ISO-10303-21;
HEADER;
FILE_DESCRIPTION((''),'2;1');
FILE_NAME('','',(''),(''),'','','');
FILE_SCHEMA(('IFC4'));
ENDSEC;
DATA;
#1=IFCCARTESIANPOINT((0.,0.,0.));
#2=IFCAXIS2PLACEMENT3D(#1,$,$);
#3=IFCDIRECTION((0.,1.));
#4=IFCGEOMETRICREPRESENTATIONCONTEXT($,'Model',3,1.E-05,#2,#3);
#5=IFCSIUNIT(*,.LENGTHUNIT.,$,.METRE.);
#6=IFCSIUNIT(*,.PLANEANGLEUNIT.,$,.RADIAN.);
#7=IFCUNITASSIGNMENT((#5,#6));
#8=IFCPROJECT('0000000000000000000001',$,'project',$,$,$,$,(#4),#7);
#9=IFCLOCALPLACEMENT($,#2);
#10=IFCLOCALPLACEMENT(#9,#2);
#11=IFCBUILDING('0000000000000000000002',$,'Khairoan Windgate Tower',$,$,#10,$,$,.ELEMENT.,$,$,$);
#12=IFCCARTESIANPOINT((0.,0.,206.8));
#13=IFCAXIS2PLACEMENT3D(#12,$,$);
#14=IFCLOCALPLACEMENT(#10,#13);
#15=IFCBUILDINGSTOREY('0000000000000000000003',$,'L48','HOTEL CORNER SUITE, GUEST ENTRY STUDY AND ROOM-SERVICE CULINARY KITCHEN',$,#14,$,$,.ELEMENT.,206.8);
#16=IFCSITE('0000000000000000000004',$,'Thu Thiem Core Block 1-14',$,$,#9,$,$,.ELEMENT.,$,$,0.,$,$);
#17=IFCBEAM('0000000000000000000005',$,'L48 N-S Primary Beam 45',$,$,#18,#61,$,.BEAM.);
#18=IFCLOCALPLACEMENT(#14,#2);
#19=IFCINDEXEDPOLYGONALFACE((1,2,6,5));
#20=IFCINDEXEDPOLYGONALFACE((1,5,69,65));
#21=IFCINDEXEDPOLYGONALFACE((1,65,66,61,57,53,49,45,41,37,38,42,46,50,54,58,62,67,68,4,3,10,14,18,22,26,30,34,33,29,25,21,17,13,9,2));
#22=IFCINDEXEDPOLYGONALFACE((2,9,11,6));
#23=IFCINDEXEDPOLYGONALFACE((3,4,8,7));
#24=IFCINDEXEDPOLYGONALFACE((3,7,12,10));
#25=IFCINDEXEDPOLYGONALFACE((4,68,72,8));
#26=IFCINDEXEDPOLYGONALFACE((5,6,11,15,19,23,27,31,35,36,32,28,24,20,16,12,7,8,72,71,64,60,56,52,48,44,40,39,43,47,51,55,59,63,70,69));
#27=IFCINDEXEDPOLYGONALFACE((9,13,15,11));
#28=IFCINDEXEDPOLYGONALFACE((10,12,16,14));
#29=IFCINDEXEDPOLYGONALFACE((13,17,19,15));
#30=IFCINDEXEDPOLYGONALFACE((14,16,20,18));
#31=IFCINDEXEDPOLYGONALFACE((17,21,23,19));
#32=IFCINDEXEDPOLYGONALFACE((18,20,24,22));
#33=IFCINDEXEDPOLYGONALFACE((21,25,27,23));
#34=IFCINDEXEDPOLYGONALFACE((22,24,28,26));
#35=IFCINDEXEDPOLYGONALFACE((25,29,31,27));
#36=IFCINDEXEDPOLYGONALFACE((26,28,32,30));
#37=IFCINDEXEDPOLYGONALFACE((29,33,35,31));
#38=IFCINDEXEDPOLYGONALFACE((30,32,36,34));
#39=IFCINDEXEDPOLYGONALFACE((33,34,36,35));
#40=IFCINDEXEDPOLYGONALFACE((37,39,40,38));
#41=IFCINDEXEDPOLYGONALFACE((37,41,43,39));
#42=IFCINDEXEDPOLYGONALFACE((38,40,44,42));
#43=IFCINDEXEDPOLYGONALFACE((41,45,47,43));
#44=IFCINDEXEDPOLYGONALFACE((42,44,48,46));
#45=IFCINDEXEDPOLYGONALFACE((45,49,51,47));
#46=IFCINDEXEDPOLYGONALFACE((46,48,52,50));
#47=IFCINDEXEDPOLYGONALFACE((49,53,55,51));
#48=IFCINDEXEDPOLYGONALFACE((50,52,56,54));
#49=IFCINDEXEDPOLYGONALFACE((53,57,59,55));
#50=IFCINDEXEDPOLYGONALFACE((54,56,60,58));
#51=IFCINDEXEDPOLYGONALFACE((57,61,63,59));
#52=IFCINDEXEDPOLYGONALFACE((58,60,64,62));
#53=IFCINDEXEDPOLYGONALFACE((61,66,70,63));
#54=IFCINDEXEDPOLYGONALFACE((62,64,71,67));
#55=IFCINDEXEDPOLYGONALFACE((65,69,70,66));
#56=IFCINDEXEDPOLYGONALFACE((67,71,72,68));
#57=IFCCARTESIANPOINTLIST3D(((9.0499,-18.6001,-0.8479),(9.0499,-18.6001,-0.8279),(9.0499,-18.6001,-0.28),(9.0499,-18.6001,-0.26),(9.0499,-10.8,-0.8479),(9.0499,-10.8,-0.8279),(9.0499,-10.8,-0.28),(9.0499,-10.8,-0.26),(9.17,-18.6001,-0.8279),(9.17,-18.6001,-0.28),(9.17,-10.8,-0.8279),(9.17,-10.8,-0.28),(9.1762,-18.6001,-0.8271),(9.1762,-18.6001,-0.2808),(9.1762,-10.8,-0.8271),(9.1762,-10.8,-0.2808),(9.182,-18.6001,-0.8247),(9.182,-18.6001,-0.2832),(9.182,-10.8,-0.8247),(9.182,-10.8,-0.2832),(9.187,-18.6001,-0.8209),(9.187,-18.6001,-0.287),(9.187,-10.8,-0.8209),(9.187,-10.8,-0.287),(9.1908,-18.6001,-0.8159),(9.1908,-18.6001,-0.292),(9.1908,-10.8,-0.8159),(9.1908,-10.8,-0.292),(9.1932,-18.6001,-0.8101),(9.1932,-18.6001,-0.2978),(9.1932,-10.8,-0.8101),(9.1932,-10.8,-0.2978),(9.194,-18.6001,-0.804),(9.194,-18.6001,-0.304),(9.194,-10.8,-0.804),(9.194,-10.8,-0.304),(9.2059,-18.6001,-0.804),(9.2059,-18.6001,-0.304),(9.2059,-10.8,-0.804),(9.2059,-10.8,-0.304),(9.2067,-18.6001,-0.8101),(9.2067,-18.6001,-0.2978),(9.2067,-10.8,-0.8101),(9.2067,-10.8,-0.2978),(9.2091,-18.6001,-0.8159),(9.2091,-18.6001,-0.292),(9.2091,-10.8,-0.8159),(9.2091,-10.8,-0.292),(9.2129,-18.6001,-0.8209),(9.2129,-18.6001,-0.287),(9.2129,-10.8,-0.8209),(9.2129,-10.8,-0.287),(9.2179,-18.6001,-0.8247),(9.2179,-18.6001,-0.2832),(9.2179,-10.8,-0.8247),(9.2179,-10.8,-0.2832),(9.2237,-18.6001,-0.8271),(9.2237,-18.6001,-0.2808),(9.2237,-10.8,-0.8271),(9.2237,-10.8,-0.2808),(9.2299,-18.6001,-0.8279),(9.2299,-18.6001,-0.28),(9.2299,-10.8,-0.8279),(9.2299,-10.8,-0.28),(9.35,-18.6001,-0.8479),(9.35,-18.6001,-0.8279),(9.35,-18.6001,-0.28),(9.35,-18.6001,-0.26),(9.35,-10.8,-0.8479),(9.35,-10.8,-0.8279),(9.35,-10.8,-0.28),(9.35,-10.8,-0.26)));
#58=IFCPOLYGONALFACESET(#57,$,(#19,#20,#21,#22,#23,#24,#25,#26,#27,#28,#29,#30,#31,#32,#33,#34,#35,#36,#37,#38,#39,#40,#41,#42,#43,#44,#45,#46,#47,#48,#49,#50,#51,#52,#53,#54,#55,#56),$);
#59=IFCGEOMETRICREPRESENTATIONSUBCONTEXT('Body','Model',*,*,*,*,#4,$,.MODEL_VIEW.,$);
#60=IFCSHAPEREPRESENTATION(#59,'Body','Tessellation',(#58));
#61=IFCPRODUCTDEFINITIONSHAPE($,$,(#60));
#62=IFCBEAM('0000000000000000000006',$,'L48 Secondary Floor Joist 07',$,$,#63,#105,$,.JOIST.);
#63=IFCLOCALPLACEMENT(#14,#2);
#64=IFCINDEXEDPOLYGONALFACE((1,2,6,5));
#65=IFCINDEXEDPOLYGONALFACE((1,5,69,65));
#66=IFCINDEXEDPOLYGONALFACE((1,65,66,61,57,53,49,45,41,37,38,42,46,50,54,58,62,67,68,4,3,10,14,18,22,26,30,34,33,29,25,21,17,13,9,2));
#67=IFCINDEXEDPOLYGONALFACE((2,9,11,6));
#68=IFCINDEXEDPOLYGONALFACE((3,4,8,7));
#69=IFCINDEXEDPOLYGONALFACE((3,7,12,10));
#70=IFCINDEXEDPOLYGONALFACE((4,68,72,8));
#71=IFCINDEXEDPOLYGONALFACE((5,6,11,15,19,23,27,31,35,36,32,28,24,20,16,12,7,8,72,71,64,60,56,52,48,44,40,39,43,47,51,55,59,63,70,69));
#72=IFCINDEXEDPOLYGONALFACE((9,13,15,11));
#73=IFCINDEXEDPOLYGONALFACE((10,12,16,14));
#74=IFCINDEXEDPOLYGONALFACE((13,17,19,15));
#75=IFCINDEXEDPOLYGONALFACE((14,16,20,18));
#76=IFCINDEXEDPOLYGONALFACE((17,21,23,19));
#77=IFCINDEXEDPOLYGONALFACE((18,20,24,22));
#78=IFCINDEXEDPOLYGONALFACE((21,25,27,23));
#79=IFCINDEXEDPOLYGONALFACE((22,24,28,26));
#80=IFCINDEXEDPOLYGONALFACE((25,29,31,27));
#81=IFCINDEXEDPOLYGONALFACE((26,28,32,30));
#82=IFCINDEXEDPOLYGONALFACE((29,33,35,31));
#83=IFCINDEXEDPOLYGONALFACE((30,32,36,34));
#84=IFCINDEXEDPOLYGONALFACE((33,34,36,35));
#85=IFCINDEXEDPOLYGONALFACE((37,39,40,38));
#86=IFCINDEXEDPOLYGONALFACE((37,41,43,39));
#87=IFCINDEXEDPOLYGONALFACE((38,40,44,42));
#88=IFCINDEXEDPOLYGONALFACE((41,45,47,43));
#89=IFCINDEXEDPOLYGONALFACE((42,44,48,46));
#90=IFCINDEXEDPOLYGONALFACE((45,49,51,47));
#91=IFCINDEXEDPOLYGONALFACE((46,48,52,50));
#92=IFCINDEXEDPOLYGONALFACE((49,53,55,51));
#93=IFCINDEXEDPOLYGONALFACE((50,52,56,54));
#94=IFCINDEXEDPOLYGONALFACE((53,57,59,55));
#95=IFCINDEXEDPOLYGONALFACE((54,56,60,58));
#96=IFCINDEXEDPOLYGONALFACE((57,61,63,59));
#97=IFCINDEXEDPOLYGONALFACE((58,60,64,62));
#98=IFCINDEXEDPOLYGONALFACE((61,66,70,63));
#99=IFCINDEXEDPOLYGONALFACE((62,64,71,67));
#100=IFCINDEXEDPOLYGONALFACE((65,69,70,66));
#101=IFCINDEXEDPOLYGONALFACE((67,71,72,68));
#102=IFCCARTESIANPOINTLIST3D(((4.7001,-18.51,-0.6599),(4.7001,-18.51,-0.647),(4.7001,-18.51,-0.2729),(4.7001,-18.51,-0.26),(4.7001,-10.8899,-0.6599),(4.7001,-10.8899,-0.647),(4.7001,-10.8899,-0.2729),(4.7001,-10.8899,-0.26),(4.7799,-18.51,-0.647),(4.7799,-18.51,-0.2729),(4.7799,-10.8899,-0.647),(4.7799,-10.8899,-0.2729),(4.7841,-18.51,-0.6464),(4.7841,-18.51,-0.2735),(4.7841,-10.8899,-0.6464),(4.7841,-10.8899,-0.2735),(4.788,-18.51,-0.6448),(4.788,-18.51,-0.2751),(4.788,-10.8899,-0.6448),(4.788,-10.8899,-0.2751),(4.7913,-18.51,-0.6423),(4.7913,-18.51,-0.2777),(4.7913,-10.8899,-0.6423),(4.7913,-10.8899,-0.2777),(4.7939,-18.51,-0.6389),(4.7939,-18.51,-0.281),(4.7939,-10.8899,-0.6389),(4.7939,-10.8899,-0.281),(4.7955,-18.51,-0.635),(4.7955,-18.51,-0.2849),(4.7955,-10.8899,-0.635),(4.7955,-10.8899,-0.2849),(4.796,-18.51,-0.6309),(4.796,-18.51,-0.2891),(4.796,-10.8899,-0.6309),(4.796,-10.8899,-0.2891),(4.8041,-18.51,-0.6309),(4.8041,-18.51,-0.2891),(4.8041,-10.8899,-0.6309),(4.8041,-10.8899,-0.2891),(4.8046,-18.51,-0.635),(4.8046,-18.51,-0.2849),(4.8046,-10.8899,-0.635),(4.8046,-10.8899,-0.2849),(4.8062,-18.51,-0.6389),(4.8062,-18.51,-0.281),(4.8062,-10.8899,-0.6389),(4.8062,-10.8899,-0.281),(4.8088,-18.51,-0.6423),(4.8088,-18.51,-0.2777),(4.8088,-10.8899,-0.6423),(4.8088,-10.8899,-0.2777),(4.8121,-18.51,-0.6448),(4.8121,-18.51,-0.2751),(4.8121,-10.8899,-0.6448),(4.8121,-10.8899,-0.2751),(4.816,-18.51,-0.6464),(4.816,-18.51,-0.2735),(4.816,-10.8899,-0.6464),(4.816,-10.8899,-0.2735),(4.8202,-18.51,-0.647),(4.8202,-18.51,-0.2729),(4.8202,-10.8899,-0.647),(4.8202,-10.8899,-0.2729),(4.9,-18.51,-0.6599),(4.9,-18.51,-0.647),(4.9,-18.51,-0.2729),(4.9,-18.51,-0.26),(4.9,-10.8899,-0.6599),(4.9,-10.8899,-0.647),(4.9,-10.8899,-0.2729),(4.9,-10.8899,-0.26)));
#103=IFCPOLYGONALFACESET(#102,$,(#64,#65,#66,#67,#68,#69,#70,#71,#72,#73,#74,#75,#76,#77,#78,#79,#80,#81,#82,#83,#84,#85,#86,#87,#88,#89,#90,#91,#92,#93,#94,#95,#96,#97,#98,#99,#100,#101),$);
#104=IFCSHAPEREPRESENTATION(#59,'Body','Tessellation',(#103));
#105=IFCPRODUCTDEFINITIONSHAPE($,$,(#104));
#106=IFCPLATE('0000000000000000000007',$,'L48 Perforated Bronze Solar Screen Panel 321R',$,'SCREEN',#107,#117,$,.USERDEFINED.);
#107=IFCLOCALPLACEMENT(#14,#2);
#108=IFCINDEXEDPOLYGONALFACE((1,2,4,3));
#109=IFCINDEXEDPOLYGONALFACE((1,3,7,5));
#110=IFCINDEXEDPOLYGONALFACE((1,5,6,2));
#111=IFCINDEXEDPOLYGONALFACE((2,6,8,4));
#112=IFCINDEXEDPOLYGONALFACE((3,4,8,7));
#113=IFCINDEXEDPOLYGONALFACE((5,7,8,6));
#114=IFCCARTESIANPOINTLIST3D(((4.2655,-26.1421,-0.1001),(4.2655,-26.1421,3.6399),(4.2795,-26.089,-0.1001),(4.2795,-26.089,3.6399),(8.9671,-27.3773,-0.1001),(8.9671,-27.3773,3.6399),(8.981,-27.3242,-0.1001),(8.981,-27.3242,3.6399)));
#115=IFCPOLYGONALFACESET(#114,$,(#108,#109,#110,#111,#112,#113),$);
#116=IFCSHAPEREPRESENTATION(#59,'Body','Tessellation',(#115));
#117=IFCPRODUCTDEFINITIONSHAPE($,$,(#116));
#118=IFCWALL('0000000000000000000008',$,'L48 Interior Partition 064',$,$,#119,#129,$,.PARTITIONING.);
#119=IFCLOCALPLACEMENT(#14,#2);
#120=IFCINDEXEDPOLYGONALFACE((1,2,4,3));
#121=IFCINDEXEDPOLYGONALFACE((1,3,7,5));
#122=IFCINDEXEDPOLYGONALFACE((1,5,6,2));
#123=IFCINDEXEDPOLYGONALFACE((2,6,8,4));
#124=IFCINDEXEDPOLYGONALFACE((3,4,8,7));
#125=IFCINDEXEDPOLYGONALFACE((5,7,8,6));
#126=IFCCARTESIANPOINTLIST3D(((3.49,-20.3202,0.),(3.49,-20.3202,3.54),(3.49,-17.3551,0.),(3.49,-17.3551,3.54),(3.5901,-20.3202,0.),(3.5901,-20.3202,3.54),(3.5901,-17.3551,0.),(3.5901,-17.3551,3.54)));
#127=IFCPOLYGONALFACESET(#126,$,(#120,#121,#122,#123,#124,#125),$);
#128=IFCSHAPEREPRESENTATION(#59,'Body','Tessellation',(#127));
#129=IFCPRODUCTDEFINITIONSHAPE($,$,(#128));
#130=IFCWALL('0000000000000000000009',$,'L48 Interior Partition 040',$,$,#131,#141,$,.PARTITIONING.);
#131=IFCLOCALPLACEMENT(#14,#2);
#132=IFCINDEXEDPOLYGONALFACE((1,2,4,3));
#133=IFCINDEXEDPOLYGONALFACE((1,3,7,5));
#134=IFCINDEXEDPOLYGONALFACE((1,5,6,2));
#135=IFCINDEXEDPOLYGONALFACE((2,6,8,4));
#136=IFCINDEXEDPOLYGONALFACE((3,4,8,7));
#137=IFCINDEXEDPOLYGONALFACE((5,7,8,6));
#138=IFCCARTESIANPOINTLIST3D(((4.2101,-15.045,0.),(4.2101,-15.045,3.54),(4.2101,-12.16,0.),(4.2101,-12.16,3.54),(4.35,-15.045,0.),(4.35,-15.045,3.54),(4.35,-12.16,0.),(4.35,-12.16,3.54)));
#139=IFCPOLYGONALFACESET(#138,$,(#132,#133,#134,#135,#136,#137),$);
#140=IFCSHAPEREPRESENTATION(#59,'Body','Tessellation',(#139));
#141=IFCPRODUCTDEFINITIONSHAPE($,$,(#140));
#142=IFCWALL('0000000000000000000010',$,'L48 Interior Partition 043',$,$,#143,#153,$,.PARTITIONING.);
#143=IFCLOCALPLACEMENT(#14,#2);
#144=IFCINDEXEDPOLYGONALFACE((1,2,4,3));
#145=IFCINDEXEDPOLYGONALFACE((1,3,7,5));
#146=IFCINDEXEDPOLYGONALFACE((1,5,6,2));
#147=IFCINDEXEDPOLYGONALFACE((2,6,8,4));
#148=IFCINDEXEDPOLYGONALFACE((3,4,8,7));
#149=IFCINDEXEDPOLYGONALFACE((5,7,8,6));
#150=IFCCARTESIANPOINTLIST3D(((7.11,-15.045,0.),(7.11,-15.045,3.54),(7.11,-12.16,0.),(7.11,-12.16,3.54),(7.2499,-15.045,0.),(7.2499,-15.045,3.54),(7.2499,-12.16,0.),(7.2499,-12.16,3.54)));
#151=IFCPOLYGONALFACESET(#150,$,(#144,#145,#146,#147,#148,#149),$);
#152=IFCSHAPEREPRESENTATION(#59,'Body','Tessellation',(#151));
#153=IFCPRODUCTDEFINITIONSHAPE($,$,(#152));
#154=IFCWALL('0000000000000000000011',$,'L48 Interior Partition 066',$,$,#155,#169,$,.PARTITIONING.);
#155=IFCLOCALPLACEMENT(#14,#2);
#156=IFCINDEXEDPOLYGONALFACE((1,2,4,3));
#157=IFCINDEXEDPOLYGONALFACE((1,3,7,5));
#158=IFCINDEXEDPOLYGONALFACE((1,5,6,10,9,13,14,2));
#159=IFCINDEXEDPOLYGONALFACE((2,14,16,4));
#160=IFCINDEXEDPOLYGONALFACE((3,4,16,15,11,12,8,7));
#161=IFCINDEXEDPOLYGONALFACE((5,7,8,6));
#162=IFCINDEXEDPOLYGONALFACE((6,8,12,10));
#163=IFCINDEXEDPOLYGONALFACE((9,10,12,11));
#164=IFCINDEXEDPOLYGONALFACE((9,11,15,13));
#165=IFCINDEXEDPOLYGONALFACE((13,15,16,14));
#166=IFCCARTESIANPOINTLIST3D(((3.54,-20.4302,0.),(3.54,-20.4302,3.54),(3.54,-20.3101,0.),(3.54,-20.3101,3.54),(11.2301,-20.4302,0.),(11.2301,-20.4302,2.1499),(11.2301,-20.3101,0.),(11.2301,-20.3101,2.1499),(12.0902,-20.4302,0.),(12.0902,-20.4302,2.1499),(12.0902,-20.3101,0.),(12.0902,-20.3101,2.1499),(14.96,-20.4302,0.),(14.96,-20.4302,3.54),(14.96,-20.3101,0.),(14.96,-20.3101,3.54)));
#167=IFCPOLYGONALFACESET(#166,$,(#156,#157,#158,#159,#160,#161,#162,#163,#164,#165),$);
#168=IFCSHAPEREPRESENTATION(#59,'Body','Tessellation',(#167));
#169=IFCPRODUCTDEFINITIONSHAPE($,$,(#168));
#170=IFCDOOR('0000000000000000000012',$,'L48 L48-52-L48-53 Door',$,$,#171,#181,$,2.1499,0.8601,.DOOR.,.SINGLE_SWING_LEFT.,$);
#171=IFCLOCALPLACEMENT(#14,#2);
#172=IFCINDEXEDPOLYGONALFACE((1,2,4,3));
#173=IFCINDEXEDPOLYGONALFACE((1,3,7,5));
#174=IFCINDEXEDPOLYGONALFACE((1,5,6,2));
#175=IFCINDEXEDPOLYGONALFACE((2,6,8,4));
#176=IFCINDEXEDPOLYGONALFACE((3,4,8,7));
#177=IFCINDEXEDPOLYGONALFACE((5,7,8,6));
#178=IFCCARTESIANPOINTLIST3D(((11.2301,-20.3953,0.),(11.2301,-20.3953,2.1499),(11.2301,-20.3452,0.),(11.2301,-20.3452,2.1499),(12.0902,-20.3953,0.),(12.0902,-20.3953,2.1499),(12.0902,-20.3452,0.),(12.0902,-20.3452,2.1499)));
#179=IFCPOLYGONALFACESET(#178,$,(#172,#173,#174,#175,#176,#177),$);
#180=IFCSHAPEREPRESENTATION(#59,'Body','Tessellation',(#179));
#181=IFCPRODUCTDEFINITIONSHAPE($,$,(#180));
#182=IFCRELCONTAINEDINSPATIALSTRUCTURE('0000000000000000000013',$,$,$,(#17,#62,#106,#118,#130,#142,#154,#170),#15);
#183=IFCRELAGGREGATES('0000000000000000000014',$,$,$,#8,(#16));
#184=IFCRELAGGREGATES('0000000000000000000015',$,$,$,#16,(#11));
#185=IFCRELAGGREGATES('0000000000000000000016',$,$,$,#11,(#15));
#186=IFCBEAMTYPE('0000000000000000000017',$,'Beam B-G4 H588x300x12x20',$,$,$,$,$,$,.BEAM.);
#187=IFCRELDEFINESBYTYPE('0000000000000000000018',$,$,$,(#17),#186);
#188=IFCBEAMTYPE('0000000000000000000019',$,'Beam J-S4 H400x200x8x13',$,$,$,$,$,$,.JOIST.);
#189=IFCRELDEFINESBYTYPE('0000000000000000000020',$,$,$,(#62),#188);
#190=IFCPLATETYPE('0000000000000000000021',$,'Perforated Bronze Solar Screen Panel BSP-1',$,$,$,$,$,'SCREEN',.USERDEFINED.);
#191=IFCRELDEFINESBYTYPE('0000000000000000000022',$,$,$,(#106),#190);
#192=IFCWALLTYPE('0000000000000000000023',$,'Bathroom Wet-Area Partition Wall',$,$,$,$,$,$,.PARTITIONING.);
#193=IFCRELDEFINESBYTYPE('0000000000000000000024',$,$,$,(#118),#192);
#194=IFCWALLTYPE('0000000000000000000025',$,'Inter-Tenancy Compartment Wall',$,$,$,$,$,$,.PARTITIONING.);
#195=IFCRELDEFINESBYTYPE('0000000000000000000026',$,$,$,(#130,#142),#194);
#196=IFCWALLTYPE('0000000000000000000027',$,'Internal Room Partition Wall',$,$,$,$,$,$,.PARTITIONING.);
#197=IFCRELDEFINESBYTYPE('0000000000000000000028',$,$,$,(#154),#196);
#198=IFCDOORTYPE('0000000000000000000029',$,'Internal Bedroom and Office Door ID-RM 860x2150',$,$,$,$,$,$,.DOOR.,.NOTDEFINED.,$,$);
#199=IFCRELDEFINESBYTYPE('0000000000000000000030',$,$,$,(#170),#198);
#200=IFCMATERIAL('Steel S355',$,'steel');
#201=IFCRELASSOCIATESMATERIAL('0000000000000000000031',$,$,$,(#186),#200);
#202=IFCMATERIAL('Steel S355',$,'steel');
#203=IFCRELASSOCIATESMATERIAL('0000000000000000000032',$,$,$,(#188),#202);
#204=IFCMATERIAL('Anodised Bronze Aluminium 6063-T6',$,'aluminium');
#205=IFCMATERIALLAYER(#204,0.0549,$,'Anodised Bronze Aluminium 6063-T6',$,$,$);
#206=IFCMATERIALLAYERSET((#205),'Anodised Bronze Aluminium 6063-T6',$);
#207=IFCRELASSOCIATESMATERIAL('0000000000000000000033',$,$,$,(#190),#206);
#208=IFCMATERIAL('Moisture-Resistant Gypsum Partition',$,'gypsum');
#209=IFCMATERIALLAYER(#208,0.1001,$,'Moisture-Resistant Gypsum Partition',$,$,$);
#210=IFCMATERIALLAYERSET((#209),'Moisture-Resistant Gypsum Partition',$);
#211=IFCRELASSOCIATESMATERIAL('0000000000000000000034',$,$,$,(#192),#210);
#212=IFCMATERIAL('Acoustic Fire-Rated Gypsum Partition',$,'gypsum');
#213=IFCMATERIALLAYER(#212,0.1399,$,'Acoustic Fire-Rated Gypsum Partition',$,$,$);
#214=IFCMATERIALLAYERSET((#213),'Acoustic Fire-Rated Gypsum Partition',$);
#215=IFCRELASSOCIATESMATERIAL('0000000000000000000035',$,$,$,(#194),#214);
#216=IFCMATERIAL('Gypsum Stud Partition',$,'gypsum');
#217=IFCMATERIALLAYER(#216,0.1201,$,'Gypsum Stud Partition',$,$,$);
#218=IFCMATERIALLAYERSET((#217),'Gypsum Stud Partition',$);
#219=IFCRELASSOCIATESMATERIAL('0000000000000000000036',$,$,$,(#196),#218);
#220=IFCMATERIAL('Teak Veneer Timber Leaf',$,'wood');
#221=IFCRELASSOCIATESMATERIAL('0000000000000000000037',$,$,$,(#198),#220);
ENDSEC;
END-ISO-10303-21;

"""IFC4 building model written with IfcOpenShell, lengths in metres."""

from ifc_helpers import new_model, si_unit, direction, frame, frame_2d, origin, origin_2d, place, context, subcontext, project, spatial, rectangle, i_section, extrude, material, layer, layer_set, material_profile, profile_set, type_object, element, fill, save


model = new_model("IFC4")

# Units and contexts
model_context = context("Model", 3, precision=1e-05, world=origin(), true_north=direction((0.0, 1.0)))
body_context = subcontext(model_context, "Body", "Model", "MODEL_VIEW")
ifc_project = project(units=[si_unit("LENGTHUNIT", "METRE"), si_unit("PLANEANGLEUNIT", "RADIAN")], contexts=[model_context])

# Site, building, storey
site_placement = place(None, origin())
site = spatial("IfcSite", under=ifc_project, at=site_placement, Name="Thu Thiem Core Block 1-14", CompositionType="ELEMENT", RefElevation=0.0)
building_placement = place(site_placement, origin())
building = spatial("IfcBuilding", under=site, at=building_placement, Name="Khairoan Windgate Tower", CompositionType="ELEMENT")
storey_placement = place(building_placement, frame((0.0, 0.0, 206.8)))
storey = spatial("IfcBuildingStorey", under=building, at=storey_placement, Name="L48", Description="HOTEL CORNER SUITE, GUEST ENTRY STUDY AND ROOM-SERVICE CULINARY KITCHEN", CompositionType="ELEMENT", Elevation=206.8)

# Beams
ifc_material_1 = material(Name="Steel S355", Category="steel")
ifc_material_profile_1 = material_profile(ifc_material_1, i_section(OverallWidth=0.3, OverallDepth=0.5879, WebThickness=0.012, FlangeThickness=0.02, FilletRadius=0.0239, at=origin_2d()))
ifc_profile_set_1 = profile_set([ifc_material_profile_1], Name="Steel S355")
beam_type_1 = type_object("IfcBeamType", Name="Beam B-G4 H588x300x12x20", PredefinedType="BEAM", material=ifc_profile_set_1)
beam_1_placement = place(storey_placement, frame((9.2, -18.6001, -0.554), z_axis=(0.0, 1.0, 0.0), x_axis=(-1.0, 0.0, 0.0)))
element("IfcBeam", 1, at=beam_1_placement, inside=storey, type_object=beam_type_1, Name="L48 N-S Primary Beam 45", PredefinedType="BEAM", context=body_context, shape_type="SweptSolid", body=[
    extrude(i_section(OverallWidth=0.3, OverallDepth=0.5879, WebThickness=0.012, FlangeThickness=0.02, FilletRadius=0.0239, at=origin_2d()), origin(), (0.0, 0.0, 1.0), 7.8),
])
ifc_material_2 = material(Name="Steel S355", Category="steel")
ifc_material_profile_2 = material_profile(ifc_material_2, i_section(OverallWidth=0.2, OverallDepth=0.3999, WebThickness=0.0081, FlangeThickness=0.0129, FilletRadius=0.0161, at=origin_2d()))
ifc_profile_set_2 = profile_set([ifc_material_profile_2], Name="Steel S355")
beam_type_2 = type_object("IfcBeamType", Name="Beam J-S4 H400x200x8x13", PredefinedType="JOIST", material=ifc_profile_set_2)
beam_2_placement = place(storey_placement, frame((4.8, -18.51, -0.46), z_axis=(0.0, 1.0, 0.0), x_axis=(-1.0, 0.0, 0.0)))
element("IfcBeam", 2, at=beam_2_placement, inside=storey, type_object=beam_type_2, Name="L48 Secondary Floor Joist 07", PredefinedType="JOIST", context=body_context, shape_type="SweptSolid", body=[
    extrude(i_section(OverallWidth=0.2, OverallDepth=0.3999, WebThickness=0.0081, FlangeThickness=0.0129, FilletRadius=0.0161, at=origin_2d()), origin(), (0.0, 0.0, 1.0), 7.6201),
])

# Plate
ifc_material_3 = material(Name="Anodised Bronze Aluminium 6063-T6", Category="aluminium")
ifc_layer_1 = layer(ifc_material_3, 0.0549, Name="Anodised Bronze Aluminium 6063-T6")
ifc_layer_set_1 = layer_set([ifc_layer_1], Name="Anodised Bronze Aluminium 6063-T6")
plate_type = type_object("IfcPlateType", Name="Perforated Bronze Solar Screen Panel BSP-1", ElementType="SCREEN", PredefinedType="USERDEFINED", material=ifc_layer_set_1)
plate_placement = place(storey_placement, frame((6.6233, -26.7332, -0.1001), z_axis=(0.0, 0.0, 1.0), x_axis=(-0.967179, 0.254096, 0.0)))
element("IfcPlate", 3, at=plate_placement, inside=storey, type_object=plate_type, Name="L48 Perforated Bronze Solar Screen Panel 321R", ObjectType="SCREEN", PredefinedType="USERDEFINED", context=body_context, shape_type="SweptSolid", body=[
    extrude(rectangle(XDim=4.8611, YDim=0.0549, at=origin_2d()), origin(), (0.0, 0.0, 1.0), 3.74),
])

# Walls
ifc_material_4 = material(Name="Moisture-Resistant Gypsum Partition", Category="gypsum")
ifc_layer_2 = layer(ifc_material_4, 0.1001, Name="Moisture-Resistant Gypsum Partition")
ifc_layer_set_2 = layer_set([ifc_layer_2], Name="Moisture-Resistant Gypsum Partition")
wall_type_1 = type_object("IfcWallType", Name="Bathroom Wet-Area Partition Wall", PredefinedType="PARTITIONING", material=ifc_layer_set_2)
wall_1_placement = place(storey_placement, frame((3.54, -20.3201, 0.0), z_axis=(0.0, 0.0, 1.0), x_axis=(0.0, 1.0, 0.0)))
element("IfcWall", 4, at=wall_1_placement, inside=storey, type_object=wall_type_1, Name="L48 Interior Partition 064", PredefinedType="PARTITIONING", context=body_context, shape_type="SweptSolid", body=[
    extrude(rectangle(XDim=2.9651, YDim=0.1001, at=frame_2d((1.4824, 0.0))), origin(), (0.0, 0.0, 1.0), 3.54),
])
ifc_material_5 = material(Name="Acoustic Fire-Rated Gypsum Partition", Category="gypsum")
ifc_layer_3 = layer(ifc_material_5, 0.1399, Name="Acoustic Fire-Rated Gypsum Partition")
ifc_layer_set_3 = layer_set([ifc_layer_3], Name="Acoustic Fire-Rated Gypsum Partition")
wall_type_2 = type_object("IfcWallType", Name="Inter-Tenancy Compartment Wall", PredefinedType="PARTITIONING", material=ifc_layer_set_3)
for number, where, z_axis, x_axis, name in (
    (5, (4.28, -15.0449, 0.0), (0.0, 0.0, 1.0), (0.0, 1.0, 0.0), "L48 Interior Partition 040"),
    (6, (7.1799, -15.0449, 0.0), (0.0, 0.0, 1.0), (0.0, 1.0, 0.0), "L48 Interior Partition 043"),
):
    element("IfcWall", number, at=place(storey_placement, frame(where, z_axis=z_axis, x_axis=x_axis)), inside=storey, type_object=wall_type_2, Name=name, PredefinedType="PARTITIONING", context=body_context, shape_type="SweptSolid", body=[
        extrude(rectangle(XDim=2.885, YDim=0.1399, at=frame_2d((1.4424, 0.0))), origin(), (0.0, 0.0, 1.0), 3.54),
    ])

# Wall, opening, door
ifc_material_6 = material(Name="Gypsum Stud Partition", Category="gypsum")
ifc_layer_4 = layer(ifc_material_6, 0.1201, Name="Gypsum Stud Partition")
ifc_layer_set_4 = layer_set([ifc_layer_4], Name="Gypsum Stud Partition")
wall_type_3 = type_object("IfcWallType", Name="Internal Room Partition Wall", PredefinedType="PARTITIONING", material=ifc_layer_set_4)
wall_2_placement = place(storey_placement, frame((3.54, -20.3701, 0.0), z_axis=(0.0, 0.0, 1.0), x_axis=(1.0, 0.0, 0.0)))
wall_2 = element("IfcWall", 7, at=wall_2_placement, inside=storey, type_object=wall_type_3, Name="L48 Interior Partition 066", PredefinedType="PARTITIONING", context=body_context, shape_type="SweptSolid", body=[
    extrude(rectangle(XDim=11.4199, YDim=0.1201, at=frame_2d((5.71, 0.0))), origin(), (0.0, 0.0, 1.0), 3.54),
])
opening_1_placement = place(wall_2_placement, frame((7.6899, 0.0, 0.0)))
opening_1 = element("IfcOpeningElement", 8, at=opening_1_placement, cuts=wall_2, PredefinedType="OPENING", context=body_context, shape_type="SweptSolid", body=[
    extrude(rectangle(XDim=0.8601, YDim=2.1499, at=frame_2d((0.4302, 1.075))), frame((0.0, 0.0701, 0.0), z_axis=(0.0, -1.0, 0.0), x_axis=(1.0, 0.0, 0.0)), (0.0, 0.0, 1.0), 0.1401),
])
ifc_material_7 = material(Name="Teak Veneer Timber Leaf", Category="wood")
door_type_1 = type_object("IfcDoorType", Name="Internal Bedroom and Office Door ID-RM 860x2150", OperationType="NOTDEFINED", PredefinedType="DOOR", material=ifc_material_7)
door_1_placement = place(opening_1_placement, origin())
door_1 = element("IfcDoor", 9, at=door_1_placement, inside=storey, type_object=door_type_1, Name="L48 L48-52-L48-53 Door", OperationType="SINGLE_SWING_LEFT", OverallHeight=2.1499, OverallWidth=0.8601, PredefinedType="DOOR", context=body_context, shape_type="SweptSolid", body=[
    extrude(rectangle(XDim=0.8601, YDim=2.1499, at=frame_2d((0.4302, 1.075))), frame((0.0, 0.0249, 0.0), z_axis=(0.0, -1.0, 0.0), x_axis=(1.0, 0.0, 0.0)), (0.0, 0.0, 1.0), 0.05),
])
fill(opening_1, door_1)

save(model, "model.ifc")
